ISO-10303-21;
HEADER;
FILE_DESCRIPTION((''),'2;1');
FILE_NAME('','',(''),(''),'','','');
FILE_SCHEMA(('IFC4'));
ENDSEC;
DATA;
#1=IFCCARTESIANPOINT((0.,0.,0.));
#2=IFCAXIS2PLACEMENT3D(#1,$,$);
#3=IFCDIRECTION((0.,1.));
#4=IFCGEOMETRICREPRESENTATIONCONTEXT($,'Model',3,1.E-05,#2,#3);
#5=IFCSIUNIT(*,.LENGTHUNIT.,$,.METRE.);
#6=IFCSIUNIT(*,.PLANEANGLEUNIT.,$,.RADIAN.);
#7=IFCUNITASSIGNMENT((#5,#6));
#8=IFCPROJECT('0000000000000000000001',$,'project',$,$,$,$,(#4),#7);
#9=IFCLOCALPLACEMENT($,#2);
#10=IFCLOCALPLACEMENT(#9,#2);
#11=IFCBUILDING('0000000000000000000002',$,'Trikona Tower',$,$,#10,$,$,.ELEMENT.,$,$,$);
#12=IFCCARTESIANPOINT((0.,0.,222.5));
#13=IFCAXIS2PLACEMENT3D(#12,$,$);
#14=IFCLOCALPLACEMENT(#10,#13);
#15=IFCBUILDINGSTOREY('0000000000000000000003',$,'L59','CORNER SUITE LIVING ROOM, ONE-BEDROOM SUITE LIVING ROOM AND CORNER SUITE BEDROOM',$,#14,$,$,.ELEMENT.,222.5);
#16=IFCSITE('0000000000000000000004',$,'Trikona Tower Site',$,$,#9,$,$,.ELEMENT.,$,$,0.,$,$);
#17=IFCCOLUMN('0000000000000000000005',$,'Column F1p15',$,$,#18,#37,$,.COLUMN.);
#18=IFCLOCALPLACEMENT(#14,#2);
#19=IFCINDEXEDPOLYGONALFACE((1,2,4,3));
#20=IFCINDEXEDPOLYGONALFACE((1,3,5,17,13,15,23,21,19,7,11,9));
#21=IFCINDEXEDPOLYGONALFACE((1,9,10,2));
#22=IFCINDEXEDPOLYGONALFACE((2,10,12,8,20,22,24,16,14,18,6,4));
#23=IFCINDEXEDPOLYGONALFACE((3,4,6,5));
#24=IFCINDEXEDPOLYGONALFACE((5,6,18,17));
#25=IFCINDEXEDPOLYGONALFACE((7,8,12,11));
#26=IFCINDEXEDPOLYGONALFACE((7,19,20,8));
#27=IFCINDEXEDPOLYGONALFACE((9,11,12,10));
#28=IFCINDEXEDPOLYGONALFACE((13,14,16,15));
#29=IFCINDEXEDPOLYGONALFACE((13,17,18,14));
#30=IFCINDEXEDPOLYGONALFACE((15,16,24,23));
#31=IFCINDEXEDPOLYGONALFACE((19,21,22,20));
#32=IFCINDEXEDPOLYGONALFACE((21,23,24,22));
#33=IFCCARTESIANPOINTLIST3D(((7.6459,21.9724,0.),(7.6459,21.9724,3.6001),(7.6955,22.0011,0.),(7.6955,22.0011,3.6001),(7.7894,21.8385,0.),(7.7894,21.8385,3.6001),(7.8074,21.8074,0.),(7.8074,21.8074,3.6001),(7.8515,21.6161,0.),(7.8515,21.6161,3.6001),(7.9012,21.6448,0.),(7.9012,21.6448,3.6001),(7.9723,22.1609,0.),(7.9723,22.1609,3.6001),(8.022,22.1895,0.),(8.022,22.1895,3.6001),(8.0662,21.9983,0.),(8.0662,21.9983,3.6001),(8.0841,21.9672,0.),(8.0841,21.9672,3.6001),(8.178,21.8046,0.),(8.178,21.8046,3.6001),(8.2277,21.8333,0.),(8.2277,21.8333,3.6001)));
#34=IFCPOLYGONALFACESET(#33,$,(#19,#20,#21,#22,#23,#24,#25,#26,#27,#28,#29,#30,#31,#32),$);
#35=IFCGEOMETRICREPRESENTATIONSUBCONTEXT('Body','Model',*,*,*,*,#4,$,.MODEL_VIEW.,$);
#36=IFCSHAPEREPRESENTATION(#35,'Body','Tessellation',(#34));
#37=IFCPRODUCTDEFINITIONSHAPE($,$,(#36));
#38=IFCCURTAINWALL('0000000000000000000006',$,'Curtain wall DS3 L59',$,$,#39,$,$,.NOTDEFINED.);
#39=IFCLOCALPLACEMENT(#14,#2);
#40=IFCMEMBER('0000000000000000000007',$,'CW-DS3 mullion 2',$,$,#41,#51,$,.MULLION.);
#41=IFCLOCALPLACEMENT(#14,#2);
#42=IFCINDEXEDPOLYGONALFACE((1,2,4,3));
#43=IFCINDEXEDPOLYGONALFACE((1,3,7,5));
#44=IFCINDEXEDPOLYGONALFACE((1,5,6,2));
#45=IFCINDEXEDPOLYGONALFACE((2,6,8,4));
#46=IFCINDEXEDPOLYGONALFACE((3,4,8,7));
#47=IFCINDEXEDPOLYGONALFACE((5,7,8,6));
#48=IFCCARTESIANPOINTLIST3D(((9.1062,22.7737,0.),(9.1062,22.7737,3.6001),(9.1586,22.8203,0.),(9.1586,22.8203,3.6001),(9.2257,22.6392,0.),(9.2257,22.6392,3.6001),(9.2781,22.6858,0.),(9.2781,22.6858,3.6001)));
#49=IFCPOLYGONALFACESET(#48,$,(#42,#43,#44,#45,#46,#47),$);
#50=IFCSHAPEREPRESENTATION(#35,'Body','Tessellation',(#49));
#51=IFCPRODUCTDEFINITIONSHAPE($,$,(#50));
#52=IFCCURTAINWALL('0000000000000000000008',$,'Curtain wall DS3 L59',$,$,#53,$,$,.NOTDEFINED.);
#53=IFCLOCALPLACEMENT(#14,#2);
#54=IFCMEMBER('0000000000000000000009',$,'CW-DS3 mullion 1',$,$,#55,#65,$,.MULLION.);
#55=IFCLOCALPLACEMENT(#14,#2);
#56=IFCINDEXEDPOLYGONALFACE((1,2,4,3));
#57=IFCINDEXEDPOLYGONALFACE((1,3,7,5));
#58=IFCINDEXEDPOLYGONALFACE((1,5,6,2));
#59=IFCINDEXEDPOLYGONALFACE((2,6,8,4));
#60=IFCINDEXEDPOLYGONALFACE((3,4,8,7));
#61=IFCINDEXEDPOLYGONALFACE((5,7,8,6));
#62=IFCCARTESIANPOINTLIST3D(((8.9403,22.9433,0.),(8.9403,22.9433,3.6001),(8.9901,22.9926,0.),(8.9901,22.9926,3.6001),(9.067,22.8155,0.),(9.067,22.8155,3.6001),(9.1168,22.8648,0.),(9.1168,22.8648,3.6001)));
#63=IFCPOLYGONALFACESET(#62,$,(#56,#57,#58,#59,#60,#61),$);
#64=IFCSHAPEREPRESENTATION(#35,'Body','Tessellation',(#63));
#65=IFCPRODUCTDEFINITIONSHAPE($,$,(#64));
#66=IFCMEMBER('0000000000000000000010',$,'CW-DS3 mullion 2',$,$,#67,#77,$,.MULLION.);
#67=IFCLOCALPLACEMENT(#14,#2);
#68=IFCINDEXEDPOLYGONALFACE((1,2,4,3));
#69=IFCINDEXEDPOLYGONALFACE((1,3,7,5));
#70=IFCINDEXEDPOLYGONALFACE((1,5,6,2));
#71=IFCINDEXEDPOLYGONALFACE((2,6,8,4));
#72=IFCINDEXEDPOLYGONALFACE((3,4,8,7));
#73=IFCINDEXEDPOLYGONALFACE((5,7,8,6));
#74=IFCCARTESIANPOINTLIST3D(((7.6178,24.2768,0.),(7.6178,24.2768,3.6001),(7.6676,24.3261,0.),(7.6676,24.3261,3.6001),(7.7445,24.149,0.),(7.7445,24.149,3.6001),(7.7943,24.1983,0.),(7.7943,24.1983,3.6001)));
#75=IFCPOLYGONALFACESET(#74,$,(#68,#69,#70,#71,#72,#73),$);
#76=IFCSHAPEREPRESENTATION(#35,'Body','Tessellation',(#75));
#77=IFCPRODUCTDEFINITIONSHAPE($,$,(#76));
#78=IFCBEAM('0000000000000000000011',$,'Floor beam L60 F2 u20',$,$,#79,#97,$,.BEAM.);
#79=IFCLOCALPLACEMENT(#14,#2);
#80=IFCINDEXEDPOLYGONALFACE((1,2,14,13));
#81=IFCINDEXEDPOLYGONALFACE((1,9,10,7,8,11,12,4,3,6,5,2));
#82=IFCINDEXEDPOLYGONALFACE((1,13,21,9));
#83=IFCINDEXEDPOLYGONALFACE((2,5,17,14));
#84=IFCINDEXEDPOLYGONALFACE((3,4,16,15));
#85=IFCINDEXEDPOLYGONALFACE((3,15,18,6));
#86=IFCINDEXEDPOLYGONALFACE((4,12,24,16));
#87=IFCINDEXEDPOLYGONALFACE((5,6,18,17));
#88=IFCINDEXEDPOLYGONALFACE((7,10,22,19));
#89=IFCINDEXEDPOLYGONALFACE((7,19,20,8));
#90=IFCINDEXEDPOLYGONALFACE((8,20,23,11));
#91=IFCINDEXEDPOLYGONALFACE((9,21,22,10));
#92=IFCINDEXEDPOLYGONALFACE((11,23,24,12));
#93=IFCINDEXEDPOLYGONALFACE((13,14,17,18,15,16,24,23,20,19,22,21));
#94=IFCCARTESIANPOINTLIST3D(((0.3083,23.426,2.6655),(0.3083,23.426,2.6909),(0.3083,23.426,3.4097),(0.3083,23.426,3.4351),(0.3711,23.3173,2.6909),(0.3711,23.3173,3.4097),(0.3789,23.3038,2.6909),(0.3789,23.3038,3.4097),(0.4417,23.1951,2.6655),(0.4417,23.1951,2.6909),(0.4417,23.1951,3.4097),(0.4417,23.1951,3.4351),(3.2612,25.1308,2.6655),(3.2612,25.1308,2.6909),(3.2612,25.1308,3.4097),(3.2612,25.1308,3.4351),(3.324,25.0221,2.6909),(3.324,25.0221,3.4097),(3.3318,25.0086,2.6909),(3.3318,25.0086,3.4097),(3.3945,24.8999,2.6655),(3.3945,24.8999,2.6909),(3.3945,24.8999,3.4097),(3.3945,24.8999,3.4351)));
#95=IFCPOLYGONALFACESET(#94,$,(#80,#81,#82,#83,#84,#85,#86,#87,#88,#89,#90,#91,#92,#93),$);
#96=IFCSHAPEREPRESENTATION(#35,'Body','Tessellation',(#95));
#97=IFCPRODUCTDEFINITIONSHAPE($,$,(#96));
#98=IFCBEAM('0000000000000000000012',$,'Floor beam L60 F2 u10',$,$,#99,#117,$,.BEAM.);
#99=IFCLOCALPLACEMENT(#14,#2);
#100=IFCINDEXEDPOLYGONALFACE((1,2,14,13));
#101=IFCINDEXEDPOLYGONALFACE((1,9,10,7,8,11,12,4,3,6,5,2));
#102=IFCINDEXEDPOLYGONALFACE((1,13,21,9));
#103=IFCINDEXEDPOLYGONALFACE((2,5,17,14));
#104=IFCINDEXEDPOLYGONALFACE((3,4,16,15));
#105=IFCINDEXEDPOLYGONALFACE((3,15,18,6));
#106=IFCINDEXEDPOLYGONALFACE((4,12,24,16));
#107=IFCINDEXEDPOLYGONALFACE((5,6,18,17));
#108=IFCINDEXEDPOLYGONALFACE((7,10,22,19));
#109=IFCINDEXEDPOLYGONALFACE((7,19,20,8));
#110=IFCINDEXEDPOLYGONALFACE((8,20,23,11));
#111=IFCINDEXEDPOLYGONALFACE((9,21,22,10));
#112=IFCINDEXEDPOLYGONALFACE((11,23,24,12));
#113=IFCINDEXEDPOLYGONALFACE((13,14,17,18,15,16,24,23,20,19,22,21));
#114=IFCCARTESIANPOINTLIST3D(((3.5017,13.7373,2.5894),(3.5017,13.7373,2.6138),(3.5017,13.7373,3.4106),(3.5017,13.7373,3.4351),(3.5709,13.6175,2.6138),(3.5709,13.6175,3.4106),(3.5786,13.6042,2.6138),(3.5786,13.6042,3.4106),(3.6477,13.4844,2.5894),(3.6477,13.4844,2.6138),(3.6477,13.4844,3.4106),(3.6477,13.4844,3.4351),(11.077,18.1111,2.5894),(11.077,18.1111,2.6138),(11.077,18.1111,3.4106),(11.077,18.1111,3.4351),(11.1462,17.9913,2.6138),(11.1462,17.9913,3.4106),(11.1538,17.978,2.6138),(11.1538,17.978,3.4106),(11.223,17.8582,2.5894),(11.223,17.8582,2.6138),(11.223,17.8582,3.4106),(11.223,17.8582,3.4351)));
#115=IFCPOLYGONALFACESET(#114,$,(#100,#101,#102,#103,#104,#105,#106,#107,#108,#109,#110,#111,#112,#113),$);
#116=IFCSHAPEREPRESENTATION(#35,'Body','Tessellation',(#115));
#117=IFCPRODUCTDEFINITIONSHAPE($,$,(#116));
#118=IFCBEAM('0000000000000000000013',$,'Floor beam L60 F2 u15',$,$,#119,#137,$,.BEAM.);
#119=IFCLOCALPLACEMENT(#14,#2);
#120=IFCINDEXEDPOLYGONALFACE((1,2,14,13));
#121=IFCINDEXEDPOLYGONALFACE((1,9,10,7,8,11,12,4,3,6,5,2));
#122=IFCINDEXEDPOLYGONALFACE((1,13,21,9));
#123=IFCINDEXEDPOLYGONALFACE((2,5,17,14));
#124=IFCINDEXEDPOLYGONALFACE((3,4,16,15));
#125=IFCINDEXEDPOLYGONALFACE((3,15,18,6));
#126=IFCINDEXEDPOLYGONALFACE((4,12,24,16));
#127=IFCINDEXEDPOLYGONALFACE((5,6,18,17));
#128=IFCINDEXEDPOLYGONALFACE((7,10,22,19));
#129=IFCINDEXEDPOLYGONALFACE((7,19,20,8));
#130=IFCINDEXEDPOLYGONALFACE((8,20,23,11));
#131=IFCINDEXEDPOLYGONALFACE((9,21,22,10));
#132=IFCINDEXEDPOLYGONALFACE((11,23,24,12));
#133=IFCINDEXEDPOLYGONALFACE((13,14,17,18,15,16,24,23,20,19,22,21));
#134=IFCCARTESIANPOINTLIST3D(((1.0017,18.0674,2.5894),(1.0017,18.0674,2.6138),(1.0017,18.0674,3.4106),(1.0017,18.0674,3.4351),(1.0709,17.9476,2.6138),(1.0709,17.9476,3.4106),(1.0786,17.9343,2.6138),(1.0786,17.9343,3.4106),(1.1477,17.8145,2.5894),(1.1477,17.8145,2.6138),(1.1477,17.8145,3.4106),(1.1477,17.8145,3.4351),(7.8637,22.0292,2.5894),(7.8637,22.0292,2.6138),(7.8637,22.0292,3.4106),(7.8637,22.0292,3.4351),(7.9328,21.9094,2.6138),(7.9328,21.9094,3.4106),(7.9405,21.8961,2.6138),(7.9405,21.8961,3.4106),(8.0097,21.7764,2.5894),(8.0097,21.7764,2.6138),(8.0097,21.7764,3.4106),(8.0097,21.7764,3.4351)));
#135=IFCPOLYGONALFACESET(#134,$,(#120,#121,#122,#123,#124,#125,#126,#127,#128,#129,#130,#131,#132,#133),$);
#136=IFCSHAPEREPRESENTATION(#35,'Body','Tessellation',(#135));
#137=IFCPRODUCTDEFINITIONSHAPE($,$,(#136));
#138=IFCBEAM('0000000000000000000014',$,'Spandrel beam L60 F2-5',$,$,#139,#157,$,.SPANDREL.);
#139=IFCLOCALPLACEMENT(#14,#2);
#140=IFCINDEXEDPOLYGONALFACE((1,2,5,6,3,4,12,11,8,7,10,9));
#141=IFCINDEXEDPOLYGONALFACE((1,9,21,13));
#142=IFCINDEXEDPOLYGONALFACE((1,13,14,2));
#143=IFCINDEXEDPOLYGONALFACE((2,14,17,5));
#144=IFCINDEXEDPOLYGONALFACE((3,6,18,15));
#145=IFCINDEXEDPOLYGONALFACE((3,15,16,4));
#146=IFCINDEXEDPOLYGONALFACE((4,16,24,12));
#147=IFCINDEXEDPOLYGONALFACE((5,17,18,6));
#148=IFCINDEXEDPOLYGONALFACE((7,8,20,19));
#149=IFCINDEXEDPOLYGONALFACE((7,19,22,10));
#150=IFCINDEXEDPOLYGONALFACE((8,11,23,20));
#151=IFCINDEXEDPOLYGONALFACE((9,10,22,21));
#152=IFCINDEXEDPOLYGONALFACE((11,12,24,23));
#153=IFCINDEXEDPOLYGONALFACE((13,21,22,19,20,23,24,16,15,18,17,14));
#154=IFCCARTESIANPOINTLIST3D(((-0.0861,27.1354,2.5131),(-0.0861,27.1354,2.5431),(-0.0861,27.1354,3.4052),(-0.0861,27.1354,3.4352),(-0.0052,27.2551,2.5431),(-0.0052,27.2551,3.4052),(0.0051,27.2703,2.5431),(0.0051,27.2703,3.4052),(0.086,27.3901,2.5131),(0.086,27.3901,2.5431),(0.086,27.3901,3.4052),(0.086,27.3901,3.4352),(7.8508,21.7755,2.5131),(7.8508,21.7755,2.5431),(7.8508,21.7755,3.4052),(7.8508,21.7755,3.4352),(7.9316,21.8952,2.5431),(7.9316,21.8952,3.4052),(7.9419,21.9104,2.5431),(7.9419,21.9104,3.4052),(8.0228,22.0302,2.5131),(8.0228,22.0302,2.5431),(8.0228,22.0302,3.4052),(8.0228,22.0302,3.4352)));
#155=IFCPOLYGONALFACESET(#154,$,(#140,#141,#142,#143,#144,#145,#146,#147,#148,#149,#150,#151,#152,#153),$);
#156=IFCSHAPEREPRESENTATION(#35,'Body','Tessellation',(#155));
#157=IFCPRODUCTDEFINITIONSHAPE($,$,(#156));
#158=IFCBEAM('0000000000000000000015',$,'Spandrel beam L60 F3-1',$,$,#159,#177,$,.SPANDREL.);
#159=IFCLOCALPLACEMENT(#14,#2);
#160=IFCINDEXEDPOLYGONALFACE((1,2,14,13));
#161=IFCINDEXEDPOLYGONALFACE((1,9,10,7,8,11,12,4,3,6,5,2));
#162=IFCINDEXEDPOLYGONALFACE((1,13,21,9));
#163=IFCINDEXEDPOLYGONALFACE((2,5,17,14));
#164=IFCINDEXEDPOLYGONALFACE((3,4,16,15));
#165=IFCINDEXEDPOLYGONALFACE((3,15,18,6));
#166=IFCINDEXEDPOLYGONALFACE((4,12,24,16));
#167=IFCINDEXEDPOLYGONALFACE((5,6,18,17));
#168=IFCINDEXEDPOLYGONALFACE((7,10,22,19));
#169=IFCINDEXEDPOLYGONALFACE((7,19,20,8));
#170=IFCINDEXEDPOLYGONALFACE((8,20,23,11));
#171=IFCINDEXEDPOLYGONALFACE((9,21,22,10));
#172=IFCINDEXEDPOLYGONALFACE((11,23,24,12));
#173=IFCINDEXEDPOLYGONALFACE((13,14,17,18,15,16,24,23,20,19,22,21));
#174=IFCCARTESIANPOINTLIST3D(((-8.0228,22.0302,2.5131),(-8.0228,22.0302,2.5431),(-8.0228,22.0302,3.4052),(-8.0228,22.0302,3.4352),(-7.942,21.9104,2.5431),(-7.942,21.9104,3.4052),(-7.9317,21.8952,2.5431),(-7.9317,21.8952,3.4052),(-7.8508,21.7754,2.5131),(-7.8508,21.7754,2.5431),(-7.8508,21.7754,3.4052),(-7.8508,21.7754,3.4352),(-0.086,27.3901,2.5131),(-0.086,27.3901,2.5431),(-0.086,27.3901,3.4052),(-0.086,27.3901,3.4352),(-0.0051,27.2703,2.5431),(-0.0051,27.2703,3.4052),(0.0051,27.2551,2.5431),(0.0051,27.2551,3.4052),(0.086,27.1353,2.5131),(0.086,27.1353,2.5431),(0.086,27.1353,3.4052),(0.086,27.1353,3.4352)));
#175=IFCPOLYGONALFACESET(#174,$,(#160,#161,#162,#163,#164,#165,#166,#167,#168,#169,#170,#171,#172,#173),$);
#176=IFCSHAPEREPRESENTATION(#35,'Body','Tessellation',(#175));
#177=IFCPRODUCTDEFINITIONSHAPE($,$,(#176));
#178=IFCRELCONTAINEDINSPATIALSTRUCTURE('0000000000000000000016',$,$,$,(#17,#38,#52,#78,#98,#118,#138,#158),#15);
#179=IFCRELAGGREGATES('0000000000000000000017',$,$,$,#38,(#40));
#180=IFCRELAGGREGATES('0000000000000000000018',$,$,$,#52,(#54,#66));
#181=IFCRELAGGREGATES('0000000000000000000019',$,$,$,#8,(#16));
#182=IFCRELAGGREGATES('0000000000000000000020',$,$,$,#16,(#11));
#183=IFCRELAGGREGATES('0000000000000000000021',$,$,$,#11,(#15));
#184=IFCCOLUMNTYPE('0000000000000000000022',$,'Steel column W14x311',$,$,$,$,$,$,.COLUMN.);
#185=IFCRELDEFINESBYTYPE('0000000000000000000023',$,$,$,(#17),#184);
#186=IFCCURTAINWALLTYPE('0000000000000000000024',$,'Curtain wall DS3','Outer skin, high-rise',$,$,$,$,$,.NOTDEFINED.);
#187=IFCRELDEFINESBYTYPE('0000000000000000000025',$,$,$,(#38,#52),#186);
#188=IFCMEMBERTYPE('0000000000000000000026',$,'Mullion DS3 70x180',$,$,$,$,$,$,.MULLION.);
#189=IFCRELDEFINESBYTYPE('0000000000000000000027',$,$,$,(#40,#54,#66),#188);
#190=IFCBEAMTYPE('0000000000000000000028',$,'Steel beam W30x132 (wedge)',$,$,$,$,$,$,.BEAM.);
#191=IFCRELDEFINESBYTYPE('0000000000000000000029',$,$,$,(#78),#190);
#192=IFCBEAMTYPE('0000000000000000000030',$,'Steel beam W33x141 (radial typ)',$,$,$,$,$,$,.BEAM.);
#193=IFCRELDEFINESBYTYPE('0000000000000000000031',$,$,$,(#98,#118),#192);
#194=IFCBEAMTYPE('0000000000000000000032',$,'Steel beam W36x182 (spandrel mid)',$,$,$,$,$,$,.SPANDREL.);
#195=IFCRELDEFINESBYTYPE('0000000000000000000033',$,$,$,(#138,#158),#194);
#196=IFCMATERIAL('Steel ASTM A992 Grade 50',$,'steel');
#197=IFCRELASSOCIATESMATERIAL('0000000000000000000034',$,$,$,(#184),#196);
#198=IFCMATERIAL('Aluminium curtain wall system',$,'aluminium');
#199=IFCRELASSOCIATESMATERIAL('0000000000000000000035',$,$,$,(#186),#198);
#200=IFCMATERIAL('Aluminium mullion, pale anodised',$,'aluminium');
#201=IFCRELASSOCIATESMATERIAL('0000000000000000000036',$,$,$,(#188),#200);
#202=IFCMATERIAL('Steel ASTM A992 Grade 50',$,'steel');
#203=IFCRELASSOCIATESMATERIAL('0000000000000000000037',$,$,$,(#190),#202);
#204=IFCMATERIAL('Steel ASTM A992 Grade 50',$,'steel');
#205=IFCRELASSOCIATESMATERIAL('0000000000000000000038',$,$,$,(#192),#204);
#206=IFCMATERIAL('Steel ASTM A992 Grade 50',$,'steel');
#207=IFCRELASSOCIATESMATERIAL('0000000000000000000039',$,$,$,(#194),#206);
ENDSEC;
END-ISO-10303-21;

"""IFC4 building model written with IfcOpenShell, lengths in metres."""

from ifc_helpers import new_model, si_unit, direction, frame, origin, origin_2d, place, context, subcontext, project, spatial, rectangle, i_section, extrude, material, material_profile, profile_set, type_object, element, aggregate, save


model = new_model("IFC4")

# Units and contexts
model_context = context("Model", 3, precision=1e-05, world=origin(), true_north=direction((0.0, 1.0)))
body_context = subcontext(model_context, "Body", "Model", "MODEL_VIEW")
ifc_project = project(units=[si_unit("LENGTHUNIT", "METRE"), si_unit("PLANEANGLEUNIT", "RADIAN")], contexts=[model_context])

# Site, building, storey
site_placement = place(None, origin())
site = spatial("IfcSite", under=ifc_project, at=site_placement, Name="Trikona Tower Site", CompositionType="ELEMENT", RefElevation=0.0)
building_placement = place(site_placement, origin())
building = spatial("IfcBuilding", under=site, at=building_placement, Name="Trikona Tower", CompositionType="ELEMENT")
storey_placement = place(building_placement, frame((0.0, 0.0, 222.5)))
storey = spatial("IfcBuildingStorey", under=building, at=storey_placement, Name="L59", Description="CORNER SUITE LIVING ROOM, ONE-BEDROOM SUITE LIVING ROOM AND CORNER SUITE BEDROOM", CompositionType="ELEMENT", Elevation=222.5)

# Column
ifc_material_1 = material(Name="Steel ASTM A992 Grade 50", Category="steel")
ifc_material_profile_1 = material_profile(ifc_material_1, i_section(OverallWidth=0.4114, OverallDepth=0.4343, WebThickness=0.0359, FlangeThickness=0.0574, at=origin_2d()), Name="W14X311")
ifc_profile_set_1 = profile_set([ifc_material_profile_1], Name="Steel ASTM A992 Grade 50")
column_type = type_object("IfcColumnType", Name="Steel column W14x311", PredefinedType="COLUMN", material=ifc_profile_set_1)
column_placement = place(storey_placement, frame((7.9368, 21.9028, 0.0), z_axis=(0.0, 0.0, 1.0), x_axis=(-0.5, 0.866025, 0.0)))
element("IfcColumn", 1, at=column_placement, inside=storey, type_object=column_type, Name="Column F1p15", PredefinedType="COLUMN", context=body_context, shape_type="SweptSolid", body=[
    extrude(i_section(OverallWidth=0.4114, OverallDepth=0.4343, WebThickness=0.0359, FlangeThickness=0.0574, at=origin_2d()), origin(), (0.0, 0.0, 1.0), 3.6001),
])

# Curtain wall, member
ifc_material_2 = material(Name="Aluminium curtain wall system", Category="aluminium")
curtain_wall_type = type_object("IfcCurtainWallType", Name="Curtain wall DS3", Description="Outer skin, high-rise", PredefinedType="NOTDEFINED", material=ifc_material_2)
curtain_wall_1_placement = place(storey_placement, origin())
curtain_wall_1 = element("IfcCurtainWall", 2, at=curtain_wall_1_placement, inside=storey, type_object=curtain_wall_type, Name="Curtain wall DS3 L59", PredefinedType="NOTDEFINED")
ifc_material_3 = material(Name="Aluminium mullion, pale anodised", Category="aluminium")
ifc_material_profile_2 = material_profile(ifc_material_3, rectangle(XDim=0.0701, YDim=0.1799, at=origin_2d()), Name="MUL-DS3")
ifc_profile_set_2 = profile_set([ifc_material_profile_2], Name="Aluminium mullion, pale anodised")
member_type_1 = type_object("IfcMemberType", Name="Mullion DS3 70x180", PredefinedType="MULLION", material=ifc_profile_set_2)
member_1_placement = place(storey_placement, frame((9.1921, 22.7297, 0.0), z_axis=(0.0, 0.0, 1.0), x_axis=(-0.747403, -0.664371, 0.0)))
member_1 = element("IfcMember", 3, at=member_1_placement, type_object=member_type_1, Name="CW-DS3 mullion 2", PredefinedType="MULLION", context=body_context, shape_type="SweptSolid", body=[
    extrude(rectangle(XDim=0.0701, YDim=0.1799, at=origin_2d()), origin(), (0.0, 0.0, 1.0), 3.6001),
])
aggregate(curtain_wall_1, [member_1])

# Curtain wall, members
curtain_wall_2_placement = place(storey_placement, origin())
curtain_wall_2 = element("IfcCurtainWall", 4, at=curtain_wall_2_placement, inside=storey, type_object=curtain_wall_type, Name="Curtain wall DS3 L59", PredefinedType="NOTDEFINED")
member_2_placement = place(storey_placement, frame((9.0286, 22.9041, 0.0), z_axis=(0.0, 0.0, 1.0), x_axis=(-0.710052, -0.704149, 0.0)))
member_2 = element("IfcMember", 5, at=member_2_placement, type_object=member_type_1, Name="CW-DS3 mullion 1", PredefinedType="MULLION", context=body_context, shape_type="SweptSolid", body=[
    extrude(rectangle(XDim=0.0701, YDim=0.1799, at=origin_2d()), origin(), (0.0, 0.0, 1.0), 3.6001),
])
member_3_placement = place(storey_placement, frame((7.7061, 24.2375, 0.0), z_axis=(0.0, 0.0, 1.0), x_axis=(-0.710052, -0.704149, 0.0)))
member_3 = element("IfcMember", 6, at=member_3_placement, type_object=member_type_1, Name="CW-DS3 mullion 2", PredefinedType="MULLION", context=body_context, shape_type="SweptSolid", body=[
    extrude(rectangle(XDim=0.0701, YDim=0.1799, at=origin_2d()), origin(), (0.0, 0.0, 1.0), 3.6001),
])

# Beams
ifc_material_4 = material(Name="Steel ASTM A992 Grade 50", Category="steel")
ifc_material_profile_3 = material_profile(ifc_material_4, i_section(OverallWidth=0.2666, OverallDepth=0.7695, WebThickness=0.0156, FlangeThickness=0.0254, at=origin_2d()), Name="W30X132")
ifc_profile_set_3 = profile_set([ifc_material_profile_3], Name="Steel ASTM A992 Grade 50")
beam_type_1 = type_object("IfcBeamType", Name="Steel beam W30x132 (wedge)", PredefinedType="BEAM", material=ifc_profile_set_3)
beam_1_placement = place(storey_placement, frame((0.375, 23.3105, 3.0503), z_axis=(0.866027, 0.499997, 0.0), x_axis=(-0.499997, 0.866027, 0.0)))
element("IfcBeam", 7, at=beam_1_placement, inside=storey, type_object=beam_type_1, Name="Floor beam L60 F2 u20", PredefinedType="BEAM", context=body_context, shape_type="SweptSolid", body=[
    extrude(i_section(OverallWidth=0.2666, OverallDepth=0.7695, WebThickness=0.0156, FlangeThickness=0.0254, at=origin_2d()), origin(), (0.0, 0.0, 1.0), 3.4097),
])
ifc_material_5 = material(Name="Steel ASTM A992 Grade 50", Category="steel")
ifc_material_profile_4 = material_profile(ifc_material_5, i_section(OverallWidth=0.292, OverallDepth=0.8457, WebThickness=0.0154, FlangeThickness=0.0244, at=origin_2d()), Name="W33X141")
ifc_profile_set_4 = profile_set([ifc_material_profile_4], Name="Steel ASTM A992 Grade 50")
beam_type_2 = type_object("IfcBeamType", Name="Steel beam W33x141 (radial typ)", PredefinedType="BEAM", material=ifc_profile_set_4)
beam_2_placement = place(storey_placement, frame((3.5747, 13.6108, 3.0122), z_axis=(0.866014, 0.50002, 0.0), x_axis=(-0.50002, 0.866014, 0.0)))
element("IfcBeam", 8, at=beam_2_placement, inside=storey, type_object=beam_type_2, Name="Floor beam L60 F2 u10", PredefinedType="BEAM", context=body_context, shape_type="SweptSolid", body=[
    extrude(i_section(OverallWidth=0.292, OverallDepth=0.8457, WebThickness=0.0154, FlangeThickness=0.0244, at=origin_2d()), origin(), (0.0, 0.0, 1.0), 8.7473),
])
beam_3_placement = place(storey_placement, frame((1.0747, 17.9409, 3.0122), z_axis=(0.86602, 0.50001, 0.0), x_axis=(-0.50001, 0.86602, 0.0)))
element("IfcBeam", 9, at=beam_3_placement, inside=storey, type_object=beam_type_2, Name="Floor beam L60 F2 u15", PredefinedType="BEAM", context=body_context, shape_type="SweptSolid", body=[
    extrude(i_section(OverallWidth=0.292, OverallDepth=0.8457, WebThickness=0.0154, FlangeThickness=0.0244, at=origin_2d()), origin(), (0.0, 0.0, 1.0), 7.9236),
])
ifc_material_6 = material(Name="Steel ASTM A992 Grade 50", Category="steel")
ifc_material_profile_5 = material_profile(ifc_material_6, i_section(OverallWidth=0.3074, OverallDepth=0.9221, WebThickness=0.0183, FlangeThickness=0.03, at=origin_2d()), Name="W36X182")
ifc_profile_set_5 = profile_set([ifc_material_profile_5], Name="Steel ASTM A992 Grade 50")
beam_type_3 = type_object("IfcBeamType", Name="Steel beam W36x182 (spandrel mid)", PredefinedType="SPANDREL", material=ifc_profile_set_5)
for number, where, z_axis, x_axis, name in (
    (10, (7.9368, 21.9028, 2.9741), (-0.828725, 0.559655, 0.0), (-0.559655, -0.828725, 0.0), "Spandrel beam L60 F2-5"),
    (11, (0.0, 27.2627, 2.9741), (-0.828725, -0.559655, 0.0), (0.559655, -0.828725, 0.0), "Spandrel beam L60 F3-1"),
):
    element("IfcBeam", number, at=place(storey_placement, frame(where, z_axis=z_axis, x_axis=x_axis)), inside=storey, type_object=beam_type_3, Name=name, PredefinedType="SPANDREL", context=body_context, shape_type="SweptSolid", body=[
        extrude(i_section(OverallWidth=0.3074, OverallDepth=0.9221, WebThickness=0.0183, FlangeThickness=0.03, at=origin_2d()), origin(), (0.0, 0.0, 1.0), 9.5771),
    ])

aggregate(curtain_wall_2, [member_2, member_3])

save(model, "model.ifc")
